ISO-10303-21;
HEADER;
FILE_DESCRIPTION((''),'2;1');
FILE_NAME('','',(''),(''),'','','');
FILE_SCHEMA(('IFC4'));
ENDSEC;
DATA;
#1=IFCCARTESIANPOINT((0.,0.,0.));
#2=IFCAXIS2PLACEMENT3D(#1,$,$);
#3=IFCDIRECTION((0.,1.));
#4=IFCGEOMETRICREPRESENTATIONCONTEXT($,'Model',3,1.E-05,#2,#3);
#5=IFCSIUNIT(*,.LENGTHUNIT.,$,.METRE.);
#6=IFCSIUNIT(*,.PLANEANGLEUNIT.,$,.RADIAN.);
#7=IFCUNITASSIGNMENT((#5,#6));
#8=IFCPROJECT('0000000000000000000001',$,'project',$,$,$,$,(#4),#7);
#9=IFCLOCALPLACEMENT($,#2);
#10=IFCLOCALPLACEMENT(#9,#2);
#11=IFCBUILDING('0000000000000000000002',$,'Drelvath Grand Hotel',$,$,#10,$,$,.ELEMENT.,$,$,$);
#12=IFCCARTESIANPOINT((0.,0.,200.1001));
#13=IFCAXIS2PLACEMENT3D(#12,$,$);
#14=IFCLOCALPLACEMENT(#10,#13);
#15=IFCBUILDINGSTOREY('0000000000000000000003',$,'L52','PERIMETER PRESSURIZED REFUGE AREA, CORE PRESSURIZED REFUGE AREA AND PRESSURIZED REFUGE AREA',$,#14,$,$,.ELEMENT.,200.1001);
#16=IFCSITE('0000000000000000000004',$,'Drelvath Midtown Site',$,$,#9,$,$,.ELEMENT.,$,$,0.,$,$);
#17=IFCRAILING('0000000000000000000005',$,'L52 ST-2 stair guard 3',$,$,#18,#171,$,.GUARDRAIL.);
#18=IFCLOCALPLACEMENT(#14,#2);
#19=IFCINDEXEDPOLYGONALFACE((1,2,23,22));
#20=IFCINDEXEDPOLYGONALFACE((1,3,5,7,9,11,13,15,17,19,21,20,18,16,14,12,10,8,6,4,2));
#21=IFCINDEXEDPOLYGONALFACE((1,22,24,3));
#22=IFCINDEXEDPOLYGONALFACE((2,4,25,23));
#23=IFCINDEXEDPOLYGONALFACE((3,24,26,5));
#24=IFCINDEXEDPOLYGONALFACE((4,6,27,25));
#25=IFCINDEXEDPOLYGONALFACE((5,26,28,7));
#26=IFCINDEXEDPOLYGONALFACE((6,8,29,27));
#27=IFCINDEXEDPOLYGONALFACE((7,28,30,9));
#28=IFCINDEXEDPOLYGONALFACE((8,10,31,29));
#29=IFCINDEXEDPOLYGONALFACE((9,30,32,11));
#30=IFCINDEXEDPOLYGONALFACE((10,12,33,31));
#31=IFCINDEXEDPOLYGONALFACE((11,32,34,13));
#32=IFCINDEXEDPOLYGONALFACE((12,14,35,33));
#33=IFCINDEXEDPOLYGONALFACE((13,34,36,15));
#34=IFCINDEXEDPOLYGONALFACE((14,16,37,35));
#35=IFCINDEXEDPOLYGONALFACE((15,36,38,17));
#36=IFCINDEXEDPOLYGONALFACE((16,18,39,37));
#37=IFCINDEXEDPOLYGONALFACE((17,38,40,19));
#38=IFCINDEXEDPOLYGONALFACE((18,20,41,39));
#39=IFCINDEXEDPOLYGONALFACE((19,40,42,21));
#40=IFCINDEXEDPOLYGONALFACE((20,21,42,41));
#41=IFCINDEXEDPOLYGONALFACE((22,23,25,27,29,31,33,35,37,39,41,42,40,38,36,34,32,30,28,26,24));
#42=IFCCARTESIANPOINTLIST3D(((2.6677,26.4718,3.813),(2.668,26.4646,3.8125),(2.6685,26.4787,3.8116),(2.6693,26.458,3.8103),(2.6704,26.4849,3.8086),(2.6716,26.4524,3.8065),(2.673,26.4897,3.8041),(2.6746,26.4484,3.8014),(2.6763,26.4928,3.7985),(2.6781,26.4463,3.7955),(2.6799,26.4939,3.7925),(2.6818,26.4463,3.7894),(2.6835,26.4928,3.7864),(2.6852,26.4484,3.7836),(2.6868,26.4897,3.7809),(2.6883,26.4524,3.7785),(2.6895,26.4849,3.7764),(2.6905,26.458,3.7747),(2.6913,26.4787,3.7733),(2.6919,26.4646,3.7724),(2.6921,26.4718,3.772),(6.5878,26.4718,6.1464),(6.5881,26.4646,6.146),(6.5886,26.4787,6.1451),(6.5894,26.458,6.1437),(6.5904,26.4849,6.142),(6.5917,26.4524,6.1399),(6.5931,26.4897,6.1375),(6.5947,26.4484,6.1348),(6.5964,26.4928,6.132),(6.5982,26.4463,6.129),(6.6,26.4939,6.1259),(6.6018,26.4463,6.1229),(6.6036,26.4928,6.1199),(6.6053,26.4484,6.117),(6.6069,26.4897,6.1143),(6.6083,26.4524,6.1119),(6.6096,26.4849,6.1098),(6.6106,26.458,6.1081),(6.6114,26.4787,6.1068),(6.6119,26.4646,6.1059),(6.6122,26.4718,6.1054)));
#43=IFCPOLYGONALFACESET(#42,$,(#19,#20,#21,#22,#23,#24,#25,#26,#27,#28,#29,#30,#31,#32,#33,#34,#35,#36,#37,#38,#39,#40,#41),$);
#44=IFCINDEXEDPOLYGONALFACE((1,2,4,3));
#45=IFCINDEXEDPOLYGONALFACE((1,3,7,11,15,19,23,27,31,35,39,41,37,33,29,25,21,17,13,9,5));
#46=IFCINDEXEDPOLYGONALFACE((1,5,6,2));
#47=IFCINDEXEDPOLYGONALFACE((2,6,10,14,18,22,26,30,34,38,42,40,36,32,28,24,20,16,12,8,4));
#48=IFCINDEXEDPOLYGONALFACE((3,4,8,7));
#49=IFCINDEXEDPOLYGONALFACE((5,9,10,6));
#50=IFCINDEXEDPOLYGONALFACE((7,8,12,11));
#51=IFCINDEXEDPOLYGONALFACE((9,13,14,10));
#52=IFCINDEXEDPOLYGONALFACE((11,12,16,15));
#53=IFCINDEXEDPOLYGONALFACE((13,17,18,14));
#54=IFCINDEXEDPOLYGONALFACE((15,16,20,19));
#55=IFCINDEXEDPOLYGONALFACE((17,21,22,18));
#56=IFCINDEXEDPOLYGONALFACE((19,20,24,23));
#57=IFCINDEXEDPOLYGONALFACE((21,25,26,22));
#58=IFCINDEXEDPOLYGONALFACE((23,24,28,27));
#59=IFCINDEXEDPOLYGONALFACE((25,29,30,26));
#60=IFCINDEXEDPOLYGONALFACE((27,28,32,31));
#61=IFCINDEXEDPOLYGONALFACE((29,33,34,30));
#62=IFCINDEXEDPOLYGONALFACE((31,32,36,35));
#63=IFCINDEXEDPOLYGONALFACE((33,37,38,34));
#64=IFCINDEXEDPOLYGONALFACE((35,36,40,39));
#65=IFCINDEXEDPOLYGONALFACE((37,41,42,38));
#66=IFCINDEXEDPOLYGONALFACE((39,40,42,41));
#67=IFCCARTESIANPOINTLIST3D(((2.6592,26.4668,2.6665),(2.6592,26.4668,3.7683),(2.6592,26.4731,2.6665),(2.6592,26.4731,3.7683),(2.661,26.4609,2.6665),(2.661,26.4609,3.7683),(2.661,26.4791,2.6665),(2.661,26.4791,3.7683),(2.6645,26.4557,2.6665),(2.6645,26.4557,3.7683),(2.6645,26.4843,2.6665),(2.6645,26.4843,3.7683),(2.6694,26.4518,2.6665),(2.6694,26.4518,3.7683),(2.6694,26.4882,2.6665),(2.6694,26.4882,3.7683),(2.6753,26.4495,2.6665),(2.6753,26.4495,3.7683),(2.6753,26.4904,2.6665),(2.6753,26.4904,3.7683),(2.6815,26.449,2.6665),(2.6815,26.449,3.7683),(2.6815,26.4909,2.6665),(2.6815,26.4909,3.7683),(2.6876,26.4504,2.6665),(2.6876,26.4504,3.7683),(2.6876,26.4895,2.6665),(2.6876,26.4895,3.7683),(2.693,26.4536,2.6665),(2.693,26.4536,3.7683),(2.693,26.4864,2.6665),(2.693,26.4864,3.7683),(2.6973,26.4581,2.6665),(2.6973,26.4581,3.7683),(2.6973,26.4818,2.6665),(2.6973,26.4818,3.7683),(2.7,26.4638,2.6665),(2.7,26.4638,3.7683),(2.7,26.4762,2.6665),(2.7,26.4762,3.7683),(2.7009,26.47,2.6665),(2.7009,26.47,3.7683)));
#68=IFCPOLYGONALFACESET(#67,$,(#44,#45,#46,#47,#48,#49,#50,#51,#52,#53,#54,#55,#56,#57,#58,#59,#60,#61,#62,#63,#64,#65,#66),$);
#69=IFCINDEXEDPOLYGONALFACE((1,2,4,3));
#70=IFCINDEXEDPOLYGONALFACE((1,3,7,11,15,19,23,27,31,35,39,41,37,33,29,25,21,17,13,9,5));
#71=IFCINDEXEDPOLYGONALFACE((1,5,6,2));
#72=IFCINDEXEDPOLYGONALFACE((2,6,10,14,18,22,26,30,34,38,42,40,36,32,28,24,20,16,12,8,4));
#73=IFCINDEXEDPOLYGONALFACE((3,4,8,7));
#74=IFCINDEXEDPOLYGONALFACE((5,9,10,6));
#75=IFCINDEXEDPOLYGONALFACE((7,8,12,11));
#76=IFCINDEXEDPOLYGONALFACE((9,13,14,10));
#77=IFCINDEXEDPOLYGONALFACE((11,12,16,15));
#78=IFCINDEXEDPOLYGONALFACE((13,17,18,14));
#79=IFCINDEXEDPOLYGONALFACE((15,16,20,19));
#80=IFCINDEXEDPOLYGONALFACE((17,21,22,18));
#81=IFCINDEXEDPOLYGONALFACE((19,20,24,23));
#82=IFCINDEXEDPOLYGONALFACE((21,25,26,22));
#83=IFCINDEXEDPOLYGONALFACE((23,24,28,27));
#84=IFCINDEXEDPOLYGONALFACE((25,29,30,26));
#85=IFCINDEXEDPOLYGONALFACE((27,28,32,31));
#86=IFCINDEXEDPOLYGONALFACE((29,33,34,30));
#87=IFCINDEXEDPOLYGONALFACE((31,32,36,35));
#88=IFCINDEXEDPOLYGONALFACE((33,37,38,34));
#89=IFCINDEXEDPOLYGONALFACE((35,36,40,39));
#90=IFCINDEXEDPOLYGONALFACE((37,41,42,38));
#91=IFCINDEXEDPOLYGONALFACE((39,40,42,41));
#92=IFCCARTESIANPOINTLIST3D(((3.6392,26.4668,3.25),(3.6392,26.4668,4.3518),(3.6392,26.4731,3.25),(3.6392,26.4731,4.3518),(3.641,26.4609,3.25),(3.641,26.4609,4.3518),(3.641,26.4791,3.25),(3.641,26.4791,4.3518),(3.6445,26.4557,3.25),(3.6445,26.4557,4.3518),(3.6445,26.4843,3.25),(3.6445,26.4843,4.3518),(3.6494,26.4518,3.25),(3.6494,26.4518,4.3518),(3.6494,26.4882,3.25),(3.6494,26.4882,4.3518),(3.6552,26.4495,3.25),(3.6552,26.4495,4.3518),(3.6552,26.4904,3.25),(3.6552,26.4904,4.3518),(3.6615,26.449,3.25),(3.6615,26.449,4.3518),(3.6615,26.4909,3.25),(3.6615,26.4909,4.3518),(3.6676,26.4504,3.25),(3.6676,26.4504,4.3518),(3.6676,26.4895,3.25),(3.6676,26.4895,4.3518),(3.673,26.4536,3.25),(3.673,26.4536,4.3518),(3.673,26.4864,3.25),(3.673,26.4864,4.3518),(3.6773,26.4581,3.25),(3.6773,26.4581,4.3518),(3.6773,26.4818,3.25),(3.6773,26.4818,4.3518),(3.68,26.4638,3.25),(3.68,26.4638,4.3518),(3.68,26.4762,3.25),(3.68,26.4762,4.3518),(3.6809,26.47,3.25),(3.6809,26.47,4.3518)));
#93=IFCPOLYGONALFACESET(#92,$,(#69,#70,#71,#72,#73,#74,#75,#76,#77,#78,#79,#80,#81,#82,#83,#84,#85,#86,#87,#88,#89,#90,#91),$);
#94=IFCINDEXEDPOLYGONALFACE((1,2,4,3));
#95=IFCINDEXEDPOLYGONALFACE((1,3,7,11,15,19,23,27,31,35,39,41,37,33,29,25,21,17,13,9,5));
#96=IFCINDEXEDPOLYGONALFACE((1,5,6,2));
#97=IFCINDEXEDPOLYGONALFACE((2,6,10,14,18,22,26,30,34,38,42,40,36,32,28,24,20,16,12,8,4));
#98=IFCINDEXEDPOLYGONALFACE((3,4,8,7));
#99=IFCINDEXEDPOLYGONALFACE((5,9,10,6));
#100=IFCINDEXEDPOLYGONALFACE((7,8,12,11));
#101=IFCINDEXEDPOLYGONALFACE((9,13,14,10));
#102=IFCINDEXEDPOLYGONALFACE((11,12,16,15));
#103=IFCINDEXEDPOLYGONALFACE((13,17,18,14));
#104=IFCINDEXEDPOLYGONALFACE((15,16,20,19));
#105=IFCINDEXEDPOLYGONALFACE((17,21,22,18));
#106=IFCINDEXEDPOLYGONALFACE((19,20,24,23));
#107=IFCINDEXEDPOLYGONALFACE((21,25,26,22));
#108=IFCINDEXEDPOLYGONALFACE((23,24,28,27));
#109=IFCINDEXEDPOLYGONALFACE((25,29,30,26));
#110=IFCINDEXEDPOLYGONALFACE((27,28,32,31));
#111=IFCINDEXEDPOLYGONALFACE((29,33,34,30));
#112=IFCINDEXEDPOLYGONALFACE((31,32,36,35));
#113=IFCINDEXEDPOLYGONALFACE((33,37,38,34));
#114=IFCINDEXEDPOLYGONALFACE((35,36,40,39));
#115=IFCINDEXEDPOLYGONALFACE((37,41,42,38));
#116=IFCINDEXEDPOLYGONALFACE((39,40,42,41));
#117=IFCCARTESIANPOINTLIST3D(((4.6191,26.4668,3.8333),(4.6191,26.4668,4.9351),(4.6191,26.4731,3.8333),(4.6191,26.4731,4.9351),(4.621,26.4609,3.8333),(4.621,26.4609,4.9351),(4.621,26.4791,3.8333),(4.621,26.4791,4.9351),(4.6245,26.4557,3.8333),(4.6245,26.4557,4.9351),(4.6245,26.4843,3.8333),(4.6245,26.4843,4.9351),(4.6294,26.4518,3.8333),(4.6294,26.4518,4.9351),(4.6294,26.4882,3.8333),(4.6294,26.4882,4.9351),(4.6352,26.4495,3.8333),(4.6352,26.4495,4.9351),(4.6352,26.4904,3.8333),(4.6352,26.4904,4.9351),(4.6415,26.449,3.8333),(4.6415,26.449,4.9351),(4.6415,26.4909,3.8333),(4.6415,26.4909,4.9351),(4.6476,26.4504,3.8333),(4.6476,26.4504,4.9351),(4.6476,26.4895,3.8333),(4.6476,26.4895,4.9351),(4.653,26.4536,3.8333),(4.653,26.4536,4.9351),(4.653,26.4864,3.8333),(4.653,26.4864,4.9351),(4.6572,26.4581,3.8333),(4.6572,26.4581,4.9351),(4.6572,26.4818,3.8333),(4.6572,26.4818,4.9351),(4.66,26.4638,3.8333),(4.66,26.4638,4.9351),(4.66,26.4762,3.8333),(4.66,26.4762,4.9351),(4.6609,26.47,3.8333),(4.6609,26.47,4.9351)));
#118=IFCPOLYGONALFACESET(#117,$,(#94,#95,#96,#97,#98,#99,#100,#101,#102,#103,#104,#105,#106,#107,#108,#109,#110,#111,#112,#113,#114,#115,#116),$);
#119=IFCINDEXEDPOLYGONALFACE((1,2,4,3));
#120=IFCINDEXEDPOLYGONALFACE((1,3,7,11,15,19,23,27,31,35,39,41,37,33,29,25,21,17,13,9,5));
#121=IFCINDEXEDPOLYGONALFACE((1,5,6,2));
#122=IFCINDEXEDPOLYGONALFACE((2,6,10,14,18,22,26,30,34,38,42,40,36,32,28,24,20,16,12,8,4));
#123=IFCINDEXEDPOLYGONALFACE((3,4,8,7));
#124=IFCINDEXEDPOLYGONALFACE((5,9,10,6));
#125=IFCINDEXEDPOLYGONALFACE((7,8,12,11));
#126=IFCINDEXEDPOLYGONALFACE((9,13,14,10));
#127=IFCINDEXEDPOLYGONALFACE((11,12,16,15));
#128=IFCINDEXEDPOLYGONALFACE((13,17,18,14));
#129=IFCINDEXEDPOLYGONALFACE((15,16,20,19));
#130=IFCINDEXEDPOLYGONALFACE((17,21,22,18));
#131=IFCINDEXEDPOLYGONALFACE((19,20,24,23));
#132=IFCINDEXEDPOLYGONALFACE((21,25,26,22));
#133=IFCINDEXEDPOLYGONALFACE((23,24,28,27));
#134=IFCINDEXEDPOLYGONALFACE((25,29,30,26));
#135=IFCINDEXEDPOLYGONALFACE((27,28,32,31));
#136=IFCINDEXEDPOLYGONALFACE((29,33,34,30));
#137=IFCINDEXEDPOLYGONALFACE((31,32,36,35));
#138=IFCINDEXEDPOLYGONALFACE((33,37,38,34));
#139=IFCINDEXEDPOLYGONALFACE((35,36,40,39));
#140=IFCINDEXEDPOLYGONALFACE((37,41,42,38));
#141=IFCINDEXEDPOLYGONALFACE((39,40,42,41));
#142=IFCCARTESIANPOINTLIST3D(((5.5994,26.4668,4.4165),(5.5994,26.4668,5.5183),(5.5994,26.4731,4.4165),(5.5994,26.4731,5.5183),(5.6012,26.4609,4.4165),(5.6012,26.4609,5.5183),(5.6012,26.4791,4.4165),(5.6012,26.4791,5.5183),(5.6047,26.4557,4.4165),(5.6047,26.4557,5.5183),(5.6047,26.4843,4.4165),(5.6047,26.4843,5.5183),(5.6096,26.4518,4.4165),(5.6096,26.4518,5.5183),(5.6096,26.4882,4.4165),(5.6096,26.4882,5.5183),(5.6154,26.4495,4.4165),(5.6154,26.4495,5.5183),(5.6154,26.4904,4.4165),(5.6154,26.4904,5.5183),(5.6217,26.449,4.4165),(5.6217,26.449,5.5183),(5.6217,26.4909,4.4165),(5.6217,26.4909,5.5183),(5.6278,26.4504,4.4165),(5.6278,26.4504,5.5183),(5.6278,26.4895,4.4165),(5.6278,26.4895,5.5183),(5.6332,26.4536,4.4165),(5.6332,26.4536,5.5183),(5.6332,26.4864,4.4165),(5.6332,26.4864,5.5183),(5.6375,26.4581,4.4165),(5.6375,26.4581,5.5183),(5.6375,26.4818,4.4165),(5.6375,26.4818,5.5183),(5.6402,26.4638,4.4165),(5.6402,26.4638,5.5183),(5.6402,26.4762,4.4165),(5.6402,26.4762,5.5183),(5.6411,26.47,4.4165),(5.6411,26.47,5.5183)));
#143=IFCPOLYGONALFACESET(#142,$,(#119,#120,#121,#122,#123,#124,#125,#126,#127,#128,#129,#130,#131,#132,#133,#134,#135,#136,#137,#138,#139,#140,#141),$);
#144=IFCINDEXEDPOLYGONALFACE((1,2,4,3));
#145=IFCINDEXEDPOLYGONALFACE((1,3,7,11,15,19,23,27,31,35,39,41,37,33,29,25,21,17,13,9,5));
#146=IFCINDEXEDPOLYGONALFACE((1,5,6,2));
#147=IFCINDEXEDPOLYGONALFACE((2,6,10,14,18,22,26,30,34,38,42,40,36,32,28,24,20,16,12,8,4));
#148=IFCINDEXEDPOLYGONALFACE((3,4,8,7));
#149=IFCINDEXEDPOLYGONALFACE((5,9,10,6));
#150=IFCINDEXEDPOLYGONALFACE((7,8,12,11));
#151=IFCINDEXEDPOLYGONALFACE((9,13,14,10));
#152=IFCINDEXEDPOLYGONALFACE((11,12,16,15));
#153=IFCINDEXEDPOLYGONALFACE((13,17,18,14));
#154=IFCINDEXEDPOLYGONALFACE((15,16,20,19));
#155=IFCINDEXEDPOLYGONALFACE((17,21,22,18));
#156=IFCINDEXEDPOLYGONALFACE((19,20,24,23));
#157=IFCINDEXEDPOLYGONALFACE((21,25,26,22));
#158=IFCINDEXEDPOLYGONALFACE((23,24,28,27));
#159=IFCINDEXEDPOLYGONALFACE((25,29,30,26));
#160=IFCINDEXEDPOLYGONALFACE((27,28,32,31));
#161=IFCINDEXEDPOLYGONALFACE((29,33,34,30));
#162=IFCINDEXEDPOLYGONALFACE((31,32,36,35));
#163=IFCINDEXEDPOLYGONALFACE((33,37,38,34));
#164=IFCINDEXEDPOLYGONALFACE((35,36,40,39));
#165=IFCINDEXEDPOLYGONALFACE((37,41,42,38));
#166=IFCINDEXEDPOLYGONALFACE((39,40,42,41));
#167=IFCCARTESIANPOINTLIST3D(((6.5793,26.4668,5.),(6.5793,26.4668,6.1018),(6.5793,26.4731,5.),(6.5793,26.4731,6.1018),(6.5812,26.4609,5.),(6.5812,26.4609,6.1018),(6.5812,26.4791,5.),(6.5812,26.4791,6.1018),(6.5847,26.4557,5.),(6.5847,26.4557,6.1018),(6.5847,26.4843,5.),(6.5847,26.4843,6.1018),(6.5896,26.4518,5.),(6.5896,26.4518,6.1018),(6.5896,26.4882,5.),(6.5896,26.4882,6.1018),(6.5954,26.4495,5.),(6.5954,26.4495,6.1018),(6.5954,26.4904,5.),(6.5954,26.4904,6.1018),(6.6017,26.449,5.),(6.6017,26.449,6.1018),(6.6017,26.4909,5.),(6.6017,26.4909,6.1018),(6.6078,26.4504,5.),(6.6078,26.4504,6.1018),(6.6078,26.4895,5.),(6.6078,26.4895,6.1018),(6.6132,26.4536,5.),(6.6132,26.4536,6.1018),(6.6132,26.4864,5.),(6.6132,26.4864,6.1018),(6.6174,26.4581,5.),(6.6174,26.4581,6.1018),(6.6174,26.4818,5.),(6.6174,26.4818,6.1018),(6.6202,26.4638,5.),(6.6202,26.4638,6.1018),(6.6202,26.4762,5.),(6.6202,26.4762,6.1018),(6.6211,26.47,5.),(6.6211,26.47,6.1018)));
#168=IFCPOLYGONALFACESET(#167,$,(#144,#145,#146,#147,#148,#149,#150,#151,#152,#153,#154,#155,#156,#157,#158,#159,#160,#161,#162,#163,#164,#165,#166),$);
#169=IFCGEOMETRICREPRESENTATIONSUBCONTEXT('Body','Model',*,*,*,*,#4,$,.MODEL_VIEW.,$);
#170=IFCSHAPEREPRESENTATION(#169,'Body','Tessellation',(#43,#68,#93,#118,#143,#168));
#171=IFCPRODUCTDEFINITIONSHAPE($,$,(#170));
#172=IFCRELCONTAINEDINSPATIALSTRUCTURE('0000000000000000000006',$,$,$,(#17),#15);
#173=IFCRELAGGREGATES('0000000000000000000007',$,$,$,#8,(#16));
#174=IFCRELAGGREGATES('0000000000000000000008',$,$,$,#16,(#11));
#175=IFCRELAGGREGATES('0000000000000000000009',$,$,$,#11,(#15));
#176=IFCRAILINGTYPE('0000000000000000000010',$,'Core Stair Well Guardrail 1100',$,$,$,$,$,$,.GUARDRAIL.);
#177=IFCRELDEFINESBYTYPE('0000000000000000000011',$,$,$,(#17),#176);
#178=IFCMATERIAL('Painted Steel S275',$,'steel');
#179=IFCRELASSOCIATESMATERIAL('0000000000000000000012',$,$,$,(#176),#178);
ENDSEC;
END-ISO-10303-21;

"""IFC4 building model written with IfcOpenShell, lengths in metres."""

from ifc_helpers import new_model, si_unit, direction, frame, origin, origin_2d, place, context, subcontext, project, spatial, circle, extrude, material, type_object, element, save


model = new_model("IFC4")

# Units and contexts
model_context = context("Model", 3, precision=1e-05, world=origin(), true_north=direction((0.0, 1.0)))
body_context = subcontext(model_context, "Body", "Model", "MODEL_VIEW")
ifc_project = project(units=[si_unit("LENGTHUNIT", "METRE"), si_unit("PLANEANGLEUNIT", "RADIAN")], contexts=[model_context])

# Site, building, storey
site_placement = place(None, origin())
site = spatial("IfcSite", under=ifc_project, at=site_placement, Name="Drelvath Midtown Site", CompositionType="ELEMENT", RefElevation=0.0)
building_placement = place(site_placement, origin())
building = spatial("IfcBuilding", under=site, at=building_placement, Name="Drelvath Grand Hotel", CompositionType="ELEMENT")
storey_placement = place(building_placement, frame((0.0, 0.0, 200.1001)))
storey = spatial("IfcBuildingStorey", under=building, at=storey_placement, Name="L52", Description="PERIMETER PRESSURIZED REFUGE AREA, CORE PRESSURIZED REFUGE AREA AND PRESSURIZED REFUGE AREA", CompositionType="ELEMENT", Elevation=200.1001)

# Railing
ifc_material_1 = material(Name="Painted Steel S275", Category="steel")
railing_type_1 = type_object("IfcRailingType", Name="Core Stair Well Guardrail 1100", PredefinedType="GUARDRAIL", material=ifc_material_1)
railing_1_placement = place(storey_placement, frame((2.6799, 26.47, 2.6665)))
element("IfcRailing", 1, at=railing_1_placement, inside=storey, type_object=railing_type_1, Name="L52 ST-2 stair guard 3", PredefinedType="GUARDRAIL", context=body_context, shape_type="SweptSolid", body=[
    extrude(circle(Radius=0.0239, at=origin_2d()), frame((0.0, 0.0, 1.126), z_axis=(0.859287, 0.0, 0.511494), x_axis=(0.0, 1.0, 0.0)), (0.0, 0.0, 1.0), 4.562),
    extrude(circle(Radius=0.021, at=origin_2d()), origin(), (0.0, 0.0, 1.0), 1.1018),
    extrude(circle(Radius=0.021, at=origin_2d()), frame((0.98, 0.0, 0.5835)), (0.0, 0.0, 1.0), 1.1018),
    extrude(circle(Radius=0.021, at=origin_2d()), frame((1.96, 0.0, 1.1667)), (0.0, 0.0, 1.0), 1.1018),
    extrude(circle(Radius=0.021, at=origin_2d()), frame((2.9402, 0.0, 1.75)), (0.0, 0.0, 1.0), 1.1018),
    extrude(circle(Radius=0.021, at=origin_2d()), frame((3.9202, 0.0, 2.3335)), (0.0, 0.0, 1.0), 1.1018),
])

save(model, "model.ifc")
